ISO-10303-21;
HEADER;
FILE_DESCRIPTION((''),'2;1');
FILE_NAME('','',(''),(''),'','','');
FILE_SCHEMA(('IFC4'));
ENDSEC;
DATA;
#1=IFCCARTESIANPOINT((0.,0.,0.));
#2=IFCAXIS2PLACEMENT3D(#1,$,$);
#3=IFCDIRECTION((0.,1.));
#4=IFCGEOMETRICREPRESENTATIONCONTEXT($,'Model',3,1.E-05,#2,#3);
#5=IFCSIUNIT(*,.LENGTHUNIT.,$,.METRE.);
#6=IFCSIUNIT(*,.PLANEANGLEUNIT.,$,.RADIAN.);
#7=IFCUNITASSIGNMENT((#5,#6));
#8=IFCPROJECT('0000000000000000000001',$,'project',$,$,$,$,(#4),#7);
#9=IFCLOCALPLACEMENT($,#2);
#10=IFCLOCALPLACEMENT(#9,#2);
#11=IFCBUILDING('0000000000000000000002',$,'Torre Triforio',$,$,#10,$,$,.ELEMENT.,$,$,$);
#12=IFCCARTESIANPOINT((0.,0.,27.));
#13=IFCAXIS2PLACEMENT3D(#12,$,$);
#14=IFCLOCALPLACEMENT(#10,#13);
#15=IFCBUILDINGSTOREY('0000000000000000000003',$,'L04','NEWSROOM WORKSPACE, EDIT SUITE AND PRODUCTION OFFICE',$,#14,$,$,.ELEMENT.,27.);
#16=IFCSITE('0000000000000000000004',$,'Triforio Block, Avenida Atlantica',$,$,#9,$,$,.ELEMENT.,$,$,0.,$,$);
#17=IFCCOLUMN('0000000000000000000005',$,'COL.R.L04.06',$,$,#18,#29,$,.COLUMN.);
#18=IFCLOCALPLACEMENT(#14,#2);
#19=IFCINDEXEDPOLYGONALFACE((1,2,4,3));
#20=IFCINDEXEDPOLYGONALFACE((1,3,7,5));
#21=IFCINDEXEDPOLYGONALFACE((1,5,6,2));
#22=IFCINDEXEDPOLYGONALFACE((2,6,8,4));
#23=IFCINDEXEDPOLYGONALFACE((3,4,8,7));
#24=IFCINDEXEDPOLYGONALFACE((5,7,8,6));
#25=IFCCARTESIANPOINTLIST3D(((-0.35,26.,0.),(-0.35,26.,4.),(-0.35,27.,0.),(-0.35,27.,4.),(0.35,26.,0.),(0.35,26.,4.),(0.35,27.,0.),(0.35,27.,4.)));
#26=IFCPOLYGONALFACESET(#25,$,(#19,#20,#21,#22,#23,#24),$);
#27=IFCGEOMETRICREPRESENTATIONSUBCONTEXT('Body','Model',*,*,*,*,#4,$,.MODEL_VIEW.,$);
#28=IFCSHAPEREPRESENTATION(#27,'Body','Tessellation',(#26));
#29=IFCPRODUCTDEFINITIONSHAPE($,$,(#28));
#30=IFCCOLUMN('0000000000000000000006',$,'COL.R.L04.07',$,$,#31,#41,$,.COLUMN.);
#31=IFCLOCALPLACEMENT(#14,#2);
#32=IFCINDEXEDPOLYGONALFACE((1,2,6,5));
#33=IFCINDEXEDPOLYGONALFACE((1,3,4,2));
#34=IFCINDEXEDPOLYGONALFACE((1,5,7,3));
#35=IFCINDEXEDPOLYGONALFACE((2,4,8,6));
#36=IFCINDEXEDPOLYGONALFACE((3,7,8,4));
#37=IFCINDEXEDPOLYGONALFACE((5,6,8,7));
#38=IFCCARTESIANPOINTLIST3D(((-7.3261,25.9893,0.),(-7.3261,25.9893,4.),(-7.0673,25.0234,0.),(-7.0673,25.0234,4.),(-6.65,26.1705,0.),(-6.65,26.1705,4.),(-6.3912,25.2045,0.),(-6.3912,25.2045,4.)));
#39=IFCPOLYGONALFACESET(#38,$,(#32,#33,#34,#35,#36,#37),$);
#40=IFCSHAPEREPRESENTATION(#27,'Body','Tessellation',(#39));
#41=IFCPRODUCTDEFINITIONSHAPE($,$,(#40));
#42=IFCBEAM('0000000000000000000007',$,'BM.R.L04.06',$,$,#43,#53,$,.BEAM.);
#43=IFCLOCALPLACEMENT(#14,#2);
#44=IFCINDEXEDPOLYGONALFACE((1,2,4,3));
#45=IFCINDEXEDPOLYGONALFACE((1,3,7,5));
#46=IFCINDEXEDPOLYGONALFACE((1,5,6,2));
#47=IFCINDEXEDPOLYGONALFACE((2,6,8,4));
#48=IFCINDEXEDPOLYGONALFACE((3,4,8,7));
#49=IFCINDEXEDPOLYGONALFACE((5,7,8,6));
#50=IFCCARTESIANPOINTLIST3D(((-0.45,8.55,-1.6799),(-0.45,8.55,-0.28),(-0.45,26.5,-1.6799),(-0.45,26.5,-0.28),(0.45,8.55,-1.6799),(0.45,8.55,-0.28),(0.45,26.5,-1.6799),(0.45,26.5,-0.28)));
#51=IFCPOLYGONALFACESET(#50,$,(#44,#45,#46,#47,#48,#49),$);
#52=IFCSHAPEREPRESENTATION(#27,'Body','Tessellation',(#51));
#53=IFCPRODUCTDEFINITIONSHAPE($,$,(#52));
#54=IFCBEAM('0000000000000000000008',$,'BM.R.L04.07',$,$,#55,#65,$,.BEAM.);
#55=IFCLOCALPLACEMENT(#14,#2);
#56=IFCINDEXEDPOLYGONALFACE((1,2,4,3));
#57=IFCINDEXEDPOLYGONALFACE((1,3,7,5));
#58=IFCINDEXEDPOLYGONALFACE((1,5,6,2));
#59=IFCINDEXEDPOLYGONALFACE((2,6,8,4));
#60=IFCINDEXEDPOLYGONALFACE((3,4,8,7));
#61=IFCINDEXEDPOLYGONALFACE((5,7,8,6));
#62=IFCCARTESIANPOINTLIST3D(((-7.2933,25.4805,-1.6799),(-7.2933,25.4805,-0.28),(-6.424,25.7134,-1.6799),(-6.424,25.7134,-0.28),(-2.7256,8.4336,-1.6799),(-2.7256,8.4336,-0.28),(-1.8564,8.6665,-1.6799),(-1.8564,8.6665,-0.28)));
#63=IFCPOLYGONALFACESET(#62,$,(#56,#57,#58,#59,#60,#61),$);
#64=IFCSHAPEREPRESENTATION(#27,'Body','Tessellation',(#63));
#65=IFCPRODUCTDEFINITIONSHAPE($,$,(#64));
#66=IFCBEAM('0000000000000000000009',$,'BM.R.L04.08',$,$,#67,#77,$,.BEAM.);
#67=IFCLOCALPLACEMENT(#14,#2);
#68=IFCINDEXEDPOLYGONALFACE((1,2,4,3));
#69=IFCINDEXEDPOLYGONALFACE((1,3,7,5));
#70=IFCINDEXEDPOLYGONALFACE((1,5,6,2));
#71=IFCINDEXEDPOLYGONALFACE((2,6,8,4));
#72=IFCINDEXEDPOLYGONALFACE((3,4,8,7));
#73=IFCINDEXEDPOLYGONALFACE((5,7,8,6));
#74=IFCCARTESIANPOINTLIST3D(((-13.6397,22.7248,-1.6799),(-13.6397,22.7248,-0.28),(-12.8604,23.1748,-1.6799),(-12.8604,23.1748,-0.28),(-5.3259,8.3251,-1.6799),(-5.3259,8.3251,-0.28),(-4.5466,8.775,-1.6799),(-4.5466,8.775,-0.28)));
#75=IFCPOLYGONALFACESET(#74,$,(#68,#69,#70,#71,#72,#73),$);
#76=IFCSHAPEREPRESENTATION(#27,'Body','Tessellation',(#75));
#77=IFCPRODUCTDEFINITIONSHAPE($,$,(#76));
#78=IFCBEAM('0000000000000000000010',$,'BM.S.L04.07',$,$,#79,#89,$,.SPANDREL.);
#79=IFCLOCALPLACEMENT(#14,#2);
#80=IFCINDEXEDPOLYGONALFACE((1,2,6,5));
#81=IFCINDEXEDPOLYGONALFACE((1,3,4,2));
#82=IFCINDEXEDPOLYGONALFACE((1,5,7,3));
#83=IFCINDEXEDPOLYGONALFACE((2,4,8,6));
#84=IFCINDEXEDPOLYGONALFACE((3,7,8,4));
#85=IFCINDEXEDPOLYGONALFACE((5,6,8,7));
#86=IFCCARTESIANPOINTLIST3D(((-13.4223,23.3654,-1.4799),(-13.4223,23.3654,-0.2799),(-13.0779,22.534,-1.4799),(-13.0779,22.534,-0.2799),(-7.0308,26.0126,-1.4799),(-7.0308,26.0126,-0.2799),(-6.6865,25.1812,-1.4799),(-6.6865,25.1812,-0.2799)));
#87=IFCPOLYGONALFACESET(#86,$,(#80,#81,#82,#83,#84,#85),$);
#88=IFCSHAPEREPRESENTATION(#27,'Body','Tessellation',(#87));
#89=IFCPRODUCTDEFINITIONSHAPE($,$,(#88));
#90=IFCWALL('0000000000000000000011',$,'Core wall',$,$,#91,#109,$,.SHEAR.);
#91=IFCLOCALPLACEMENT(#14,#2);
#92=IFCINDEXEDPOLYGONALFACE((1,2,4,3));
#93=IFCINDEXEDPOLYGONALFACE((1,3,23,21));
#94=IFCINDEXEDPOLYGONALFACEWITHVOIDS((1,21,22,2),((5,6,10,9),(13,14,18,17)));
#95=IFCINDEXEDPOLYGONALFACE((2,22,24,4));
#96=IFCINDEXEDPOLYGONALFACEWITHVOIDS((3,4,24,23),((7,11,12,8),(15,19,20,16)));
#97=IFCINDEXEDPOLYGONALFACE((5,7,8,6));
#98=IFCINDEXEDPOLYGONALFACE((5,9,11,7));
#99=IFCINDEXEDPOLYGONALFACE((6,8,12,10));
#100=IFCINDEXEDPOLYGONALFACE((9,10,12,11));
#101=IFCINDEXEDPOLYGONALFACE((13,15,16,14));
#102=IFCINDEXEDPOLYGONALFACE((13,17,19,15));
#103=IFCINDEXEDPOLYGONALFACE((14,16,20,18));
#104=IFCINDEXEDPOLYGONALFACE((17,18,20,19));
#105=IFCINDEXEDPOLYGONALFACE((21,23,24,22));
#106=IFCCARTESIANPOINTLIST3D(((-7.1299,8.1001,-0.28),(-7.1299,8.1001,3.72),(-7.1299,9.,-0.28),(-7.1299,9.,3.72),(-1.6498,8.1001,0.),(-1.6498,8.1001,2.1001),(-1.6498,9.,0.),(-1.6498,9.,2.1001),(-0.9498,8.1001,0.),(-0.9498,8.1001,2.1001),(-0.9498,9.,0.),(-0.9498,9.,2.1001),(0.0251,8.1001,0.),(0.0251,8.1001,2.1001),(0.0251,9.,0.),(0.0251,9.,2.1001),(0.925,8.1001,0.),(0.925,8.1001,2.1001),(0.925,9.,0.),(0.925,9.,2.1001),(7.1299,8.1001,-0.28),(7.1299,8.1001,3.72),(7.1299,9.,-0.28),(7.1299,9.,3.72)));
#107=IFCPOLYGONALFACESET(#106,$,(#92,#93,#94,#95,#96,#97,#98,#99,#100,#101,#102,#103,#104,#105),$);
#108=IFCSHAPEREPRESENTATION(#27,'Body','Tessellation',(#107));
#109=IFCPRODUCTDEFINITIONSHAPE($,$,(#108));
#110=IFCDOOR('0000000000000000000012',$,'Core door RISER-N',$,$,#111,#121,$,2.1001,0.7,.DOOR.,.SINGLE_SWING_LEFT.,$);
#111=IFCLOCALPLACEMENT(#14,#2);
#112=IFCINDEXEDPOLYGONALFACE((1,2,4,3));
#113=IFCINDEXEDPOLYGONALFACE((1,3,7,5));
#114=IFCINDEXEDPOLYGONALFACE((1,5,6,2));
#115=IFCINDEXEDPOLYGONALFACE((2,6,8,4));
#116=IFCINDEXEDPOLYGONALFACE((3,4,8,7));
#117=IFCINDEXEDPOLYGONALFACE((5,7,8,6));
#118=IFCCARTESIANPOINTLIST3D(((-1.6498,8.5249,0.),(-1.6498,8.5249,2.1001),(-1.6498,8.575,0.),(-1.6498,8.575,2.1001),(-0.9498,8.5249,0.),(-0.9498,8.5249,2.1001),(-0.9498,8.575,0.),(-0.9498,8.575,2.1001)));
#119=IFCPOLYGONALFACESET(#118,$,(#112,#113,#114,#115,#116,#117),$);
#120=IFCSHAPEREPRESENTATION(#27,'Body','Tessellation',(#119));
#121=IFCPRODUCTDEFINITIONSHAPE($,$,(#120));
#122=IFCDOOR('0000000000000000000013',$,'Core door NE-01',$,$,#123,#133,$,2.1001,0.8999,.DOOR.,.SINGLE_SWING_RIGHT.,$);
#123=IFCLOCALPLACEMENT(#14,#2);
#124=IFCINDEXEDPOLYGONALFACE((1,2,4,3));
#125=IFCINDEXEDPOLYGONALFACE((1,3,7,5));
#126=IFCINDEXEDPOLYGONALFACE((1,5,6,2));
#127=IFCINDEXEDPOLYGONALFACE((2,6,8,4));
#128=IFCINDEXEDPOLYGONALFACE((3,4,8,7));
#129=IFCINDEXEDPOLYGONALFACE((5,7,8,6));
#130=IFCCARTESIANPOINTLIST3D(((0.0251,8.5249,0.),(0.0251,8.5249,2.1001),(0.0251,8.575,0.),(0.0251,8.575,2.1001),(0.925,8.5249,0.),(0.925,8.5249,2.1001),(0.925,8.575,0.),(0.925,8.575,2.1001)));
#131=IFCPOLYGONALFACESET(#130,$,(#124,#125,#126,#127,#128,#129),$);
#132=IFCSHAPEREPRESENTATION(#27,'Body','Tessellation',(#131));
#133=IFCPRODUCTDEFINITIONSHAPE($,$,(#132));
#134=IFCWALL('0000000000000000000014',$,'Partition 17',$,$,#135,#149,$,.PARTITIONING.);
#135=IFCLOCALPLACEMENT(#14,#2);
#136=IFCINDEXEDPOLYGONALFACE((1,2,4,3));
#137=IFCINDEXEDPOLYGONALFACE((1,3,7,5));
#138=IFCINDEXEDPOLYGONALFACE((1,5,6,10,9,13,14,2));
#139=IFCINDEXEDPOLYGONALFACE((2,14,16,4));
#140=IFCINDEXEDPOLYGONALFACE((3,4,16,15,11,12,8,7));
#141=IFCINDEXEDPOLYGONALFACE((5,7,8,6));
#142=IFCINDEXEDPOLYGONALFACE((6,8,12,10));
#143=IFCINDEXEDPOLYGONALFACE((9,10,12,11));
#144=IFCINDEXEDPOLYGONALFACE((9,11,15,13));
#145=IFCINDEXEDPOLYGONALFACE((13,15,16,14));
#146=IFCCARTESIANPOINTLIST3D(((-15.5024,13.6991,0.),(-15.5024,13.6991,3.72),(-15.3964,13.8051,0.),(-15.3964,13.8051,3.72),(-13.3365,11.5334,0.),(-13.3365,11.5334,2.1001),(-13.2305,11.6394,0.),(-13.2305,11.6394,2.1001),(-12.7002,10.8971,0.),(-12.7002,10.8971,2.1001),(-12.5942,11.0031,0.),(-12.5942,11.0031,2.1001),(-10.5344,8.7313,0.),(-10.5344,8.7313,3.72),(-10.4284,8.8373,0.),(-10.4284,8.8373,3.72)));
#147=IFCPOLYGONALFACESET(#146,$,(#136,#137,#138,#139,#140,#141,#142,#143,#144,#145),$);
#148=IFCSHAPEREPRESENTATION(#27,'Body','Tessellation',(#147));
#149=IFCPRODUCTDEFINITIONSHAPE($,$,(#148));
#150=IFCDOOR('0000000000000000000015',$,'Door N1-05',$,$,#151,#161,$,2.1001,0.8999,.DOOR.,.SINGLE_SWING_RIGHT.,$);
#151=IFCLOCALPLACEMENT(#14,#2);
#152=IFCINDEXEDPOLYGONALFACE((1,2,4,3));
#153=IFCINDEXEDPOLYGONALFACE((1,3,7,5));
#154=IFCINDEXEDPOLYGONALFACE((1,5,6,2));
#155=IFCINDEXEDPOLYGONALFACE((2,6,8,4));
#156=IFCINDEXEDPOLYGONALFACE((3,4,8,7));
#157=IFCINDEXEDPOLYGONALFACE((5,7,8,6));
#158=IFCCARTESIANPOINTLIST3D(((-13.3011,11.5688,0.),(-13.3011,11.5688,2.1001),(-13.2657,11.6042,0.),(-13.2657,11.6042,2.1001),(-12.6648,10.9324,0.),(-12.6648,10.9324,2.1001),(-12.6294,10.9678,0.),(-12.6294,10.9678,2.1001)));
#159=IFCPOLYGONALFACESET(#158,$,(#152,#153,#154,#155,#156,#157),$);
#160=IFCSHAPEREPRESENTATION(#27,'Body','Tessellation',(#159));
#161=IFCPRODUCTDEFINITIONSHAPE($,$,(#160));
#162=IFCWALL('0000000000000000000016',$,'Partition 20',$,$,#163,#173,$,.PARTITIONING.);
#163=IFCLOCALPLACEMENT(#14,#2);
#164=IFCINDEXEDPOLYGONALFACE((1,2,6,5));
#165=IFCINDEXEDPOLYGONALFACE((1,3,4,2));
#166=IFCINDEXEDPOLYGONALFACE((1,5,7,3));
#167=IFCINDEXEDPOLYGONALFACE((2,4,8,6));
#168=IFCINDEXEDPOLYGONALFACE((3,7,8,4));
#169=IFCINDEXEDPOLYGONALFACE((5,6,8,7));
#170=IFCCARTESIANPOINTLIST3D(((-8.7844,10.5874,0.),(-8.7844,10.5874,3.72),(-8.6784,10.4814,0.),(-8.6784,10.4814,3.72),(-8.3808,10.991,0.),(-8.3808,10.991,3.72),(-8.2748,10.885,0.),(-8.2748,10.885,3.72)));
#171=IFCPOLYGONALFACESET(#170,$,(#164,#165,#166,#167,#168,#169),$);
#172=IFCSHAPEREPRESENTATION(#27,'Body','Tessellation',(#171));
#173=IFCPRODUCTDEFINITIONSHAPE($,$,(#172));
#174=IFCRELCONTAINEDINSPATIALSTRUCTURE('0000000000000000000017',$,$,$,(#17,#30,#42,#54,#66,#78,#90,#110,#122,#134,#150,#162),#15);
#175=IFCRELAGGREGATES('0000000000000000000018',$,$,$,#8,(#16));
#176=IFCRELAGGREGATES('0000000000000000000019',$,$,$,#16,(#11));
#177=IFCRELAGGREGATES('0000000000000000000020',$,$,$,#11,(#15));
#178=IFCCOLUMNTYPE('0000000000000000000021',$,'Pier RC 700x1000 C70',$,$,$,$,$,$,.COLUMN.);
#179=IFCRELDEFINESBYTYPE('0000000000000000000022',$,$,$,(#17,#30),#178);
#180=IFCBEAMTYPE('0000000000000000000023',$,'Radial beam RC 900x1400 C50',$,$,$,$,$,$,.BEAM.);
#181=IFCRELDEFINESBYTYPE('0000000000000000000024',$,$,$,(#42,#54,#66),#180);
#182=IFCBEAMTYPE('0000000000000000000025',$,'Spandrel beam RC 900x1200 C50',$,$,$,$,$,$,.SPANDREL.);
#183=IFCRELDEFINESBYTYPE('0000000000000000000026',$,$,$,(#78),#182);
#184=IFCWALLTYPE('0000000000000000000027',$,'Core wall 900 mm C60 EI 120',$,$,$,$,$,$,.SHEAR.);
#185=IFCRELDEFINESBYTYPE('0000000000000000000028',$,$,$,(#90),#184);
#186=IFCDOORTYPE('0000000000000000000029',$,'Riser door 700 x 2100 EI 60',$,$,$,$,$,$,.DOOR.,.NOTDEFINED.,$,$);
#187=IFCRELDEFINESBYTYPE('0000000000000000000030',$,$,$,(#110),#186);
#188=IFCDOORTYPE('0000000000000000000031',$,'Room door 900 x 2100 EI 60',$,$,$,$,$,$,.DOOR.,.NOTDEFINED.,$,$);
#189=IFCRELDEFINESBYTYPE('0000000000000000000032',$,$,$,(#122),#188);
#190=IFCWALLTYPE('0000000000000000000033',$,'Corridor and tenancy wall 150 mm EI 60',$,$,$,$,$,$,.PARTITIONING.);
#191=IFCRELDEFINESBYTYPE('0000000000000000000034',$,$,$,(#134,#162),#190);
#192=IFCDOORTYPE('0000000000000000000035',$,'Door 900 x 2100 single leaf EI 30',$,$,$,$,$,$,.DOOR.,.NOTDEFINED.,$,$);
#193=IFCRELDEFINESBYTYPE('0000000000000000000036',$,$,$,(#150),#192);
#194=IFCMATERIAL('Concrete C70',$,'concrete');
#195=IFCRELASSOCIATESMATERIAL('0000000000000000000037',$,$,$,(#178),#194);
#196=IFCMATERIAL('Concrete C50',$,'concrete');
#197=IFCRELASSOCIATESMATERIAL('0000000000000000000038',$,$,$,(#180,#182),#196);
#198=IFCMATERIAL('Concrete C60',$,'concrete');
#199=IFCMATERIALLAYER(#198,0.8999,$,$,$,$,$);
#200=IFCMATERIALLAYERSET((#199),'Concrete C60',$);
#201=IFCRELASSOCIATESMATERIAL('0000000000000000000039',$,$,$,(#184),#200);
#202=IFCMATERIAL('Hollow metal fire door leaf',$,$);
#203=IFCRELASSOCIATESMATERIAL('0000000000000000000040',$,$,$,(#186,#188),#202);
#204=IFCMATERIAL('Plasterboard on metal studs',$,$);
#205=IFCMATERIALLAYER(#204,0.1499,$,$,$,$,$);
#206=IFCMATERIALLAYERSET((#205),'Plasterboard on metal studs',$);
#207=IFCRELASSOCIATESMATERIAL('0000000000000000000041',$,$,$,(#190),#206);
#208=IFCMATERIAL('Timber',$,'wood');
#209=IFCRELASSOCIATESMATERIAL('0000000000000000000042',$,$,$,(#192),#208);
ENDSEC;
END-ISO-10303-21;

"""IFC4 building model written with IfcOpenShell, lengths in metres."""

from ifc_helpers import new_model, si_unit, direction, frame, frame_2d, origin, origin_2d, place, context, subcontext, project, spatial, rectangle, extrude, material, layer, layer_set, material_profile, profile_set, type_object, element, fill, save


model = new_model("IFC4")

# Units and contexts
model_context = context("Model", 3, precision=1e-05, world=origin(), true_north=direction((0.0, 1.0)))
body_context = subcontext(model_context, "Body", "Model", "MODEL_VIEW")
ifc_project = project(units=[si_unit("LENGTHUNIT", "METRE"), si_unit("PLANEANGLEUNIT", "RADIAN")], contexts=[model_context])

# Site, building, storey
site_placement = place(None, origin())
site = spatial("IfcSite", under=ifc_project, at=site_placement, Name="Triforio Block, Avenida Atlantica", CompositionType="ELEMENT", RefElevation=0.0)
building_placement = place(site_placement, origin())
building = spatial("IfcBuilding", under=site, at=building_placement, Name="Torre Triforio", CompositionType="ELEMENT")
storey_placement = place(building_placement, frame((0.0, 0.0, 27.0)))
storey = spatial("IfcBuildingStorey", under=building, at=storey_placement, Name="L04", Description="NEWSROOM WORKSPACE, EDIT SUITE AND PRODUCTION OFFICE", CompositionType="ELEMENT", Elevation=27.0)

# Columns
ifc_material_1 = material(Name="Concrete C70", Category="concrete")
ifc_material_profile_1 = material_profile(ifc_material_1, rectangle(XDim=0.7, YDim=1.0, at=origin_2d()), Name="RC 700x1000")
ifc_profile_set_1 = profile_set([ifc_material_profile_1], Name="Concrete C70")
column_type = type_object("IfcColumnType", Name="Pier RC 700x1000 C70", PredefinedType="COLUMN", material=ifc_profile_set_1)
for number, where, z_axis, x_axis, name in (
    (1, (0.0, 26.5, 0.0), (0.0, 0.0, 1.0), (-1.0, 0.0, 0.0), "COL.R.L04.06"),
    (2, (-6.8586, 25.5969, 0.0), (0.0, 0.0, 1.0), (-0.965926, -0.258819, 0.0), "COL.R.L04.07"),
):
    element("IfcColumn", number, at=place(storey_placement, frame(where, z_axis=z_axis, x_axis=x_axis)), inside=storey, type_object=column_type, Name=name, PredefinedType="COLUMN", context=body_context, shape_type="SweptSolid", body=[
        extrude(rectangle(XDim=0.7, YDim=1.0, at=origin_2d()), origin(), (0.0, 0.0, 1.0), 4.0),
    ])

# Beams
ifc_material_2 = material(Name="Concrete C50", Category="concrete")
ifc_material_profile_2 = material_profile(ifc_material_2, rectangle(XDim=0.8999, YDim=1.3999, at=origin_2d()), Name="RC 900x1400")
ifc_profile_set_2 = profile_set([ifc_material_profile_2], Name="Concrete C50")
beam_type_1 = type_object("IfcBeamType", Name="Radial beam RC 900x1400 C50", PredefinedType="BEAM", material=ifc_profile_set_2)
beam_1_placement = place(storey_placement, frame((0.0, 8.55, -0.98), z_axis=(0.0, 1.0, 0.0), x_axis=(-1.0, 0.0, 0.0)))
element("IfcBeam", 3, at=beam_1_placement, inside=storey, type_object=beam_type_1, Name="BM.R.L04.06", PredefinedType="BEAM", context=body_context, shape_type="SweptSolid", body=[
    extrude(rectangle(XDim=0.8999, YDim=1.3999, at=origin_2d()), origin(), (0.0, 0.0, 1.0), 17.95),
])
beam_2_placement = place(storey_placement, frame((-2.291, 8.55, -0.98), z_axis=(-0.258815, 0.965927, 0.0), x_axis=(-0.965927, -0.258815, 0.0)))
element("IfcBeam", 4, at=beam_2_placement, inside=storey, type_object=beam_type_1, Name="BM.R.L04.07", PredefinedType="BEAM", context=body_context, shape_type="SweptSolid", body=[
    extrude(rectangle(XDim=0.8999, YDim=1.3999, at=origin_2d()), origin(), (0.0, 0.0, 1.0), 17.6482),
])
beam_3_placement = place(storey_placement, frame((-4.9363, 8.55, -0.98), z_axis=(-0.500003, 0.866023, 0.0), x_axis=(-0.866023, -0.500003, 0.0)))
element("IfcBeam", 5, at=beam_3_placement, inside=storey, type_object=beam_type_1, Name="BM.R.L04.08", PredefinedType="BEAM", context=body_context, shape_type="SweptSolid", body=[
    extrude(rectangle(XDim=0.8999, YDim=1.3999, at=origin_2d()), origin(), (0.0, 0.0, 1.0), 16.6274),
])
ifc_material_profile_3 = material_profile(ifc_material_2, rectangle(XDim=0.8999, YDim=1.2, at=origin_2d()), Name="RC 900x1200")
ifc_profile_set_3 = profile_set([ifc_material_profile_3], Name="Concrete C50")
beam_type_2 = type_object("IfcBeamType", Name="Spandrel beam RC 900x1200 C50", PredefinedType="SPANDREL", material=ifc_profile_set_3)
beam_4_placement = place(storey_placement, frame((-6.8586, 25.5969, -0.8799), z_axis=(-0.923888, -0.382662, 0.0), x_axis=(0.382662, -0.923888, 0.0)))
element("IfcBeam", 6, at=beam_4_placement, inside=storey, type_object=beam_type_2, Name="BM.S.L04.07", PredefinedType="SPANDREL", context=body_context, shape_type="SweptSolid", body=[
    extrude(rectangle(XDim=0.8999, YDim=1.2, at=origin_2d()), origin(), (0.0, 0.0, 1.0), 6.918),
])

# Wall, openings, doors
ifc_material_3 = material(Name="Concrete C60", Category="concrete")
ifc_layer_1 = layer(ifc_material_3, 0.8999)
ifc_layer_set_1 = layer_set([ifc_layer_1], Name="Concrete C60")
wall_type_1 = type_object("IfcWallType", Name="Core wall 900 mm C60 EI 120", PredefinedType="SHEAR", material=ifc_layer_set_1)
wall_1_placement = place(storey_placement, frame((-7.1299, 8.55, -0.28), z_axis=(0.0, 0.0, 1.0), x_axis=(1.0, 0.0, 0.0)))
wall_1 = element("IfcWall", 7, at=wall_1_placement, inside=storey, type_object=wall_type_1, Name="Core wall", PredefinedType="SHEAR", context=body_context, shape_type="SweptSolid", body=[
    extrude(rectangle(XDim=14.2598, YDim=0.8999, at=frame_2d((7.1299, 0.0))), origin(), (0.0, 0.0, 1.0), 4.0),
])
opening_1_placement = place(wall_1_placement, frame((5.48, 0.0, 0.28)))
opening_1 = element("IfcOpeningElement", 8, at=opening_1_placement, cuts=wall_1, PredefinedType="OPENING", context=body_context, shape_type="SweptSolid", body=[
    extrude(rectangle(XDim=0.7, YDim=2.1001, at=frame_2d((0.3501, 1.05))), frame((0.0, 0.46, 0.0), z_axis=(0.0, -1.0, 0.0), x_axis=(1.0, 0.0, 0.0)), (0.0, 0.0, 1.0), 0.9199),
])
opening_2_placement = place(wall_1_placement, frame((7.155, 0.0, 0.28)))
opening_2 = element("IfcOpeningElement", 9, at=opening_2_placement, cuts=wall_1, PredefinedType="OPENING", context=body_context, shape_type="SweptSolid", body=[
    extrude(rectangle(XDim=0.8999, YDim=2.1001, at=frame_2d((0.45, 1.05))), frame((0.0, 0.46, 0.0), z_axis=(0.0, -1.0, 0.0), x_axis=(1.0, 0.0, 0.0)), (0.0, 0.0, 1.0), 0.9199),
])
ifc_material_4 = material(Name="Hollow metal fire door leaf")
door_type_1 = type_object("IfcDoorType", Name="Riser door 700 x 2100 EI 60", OperationType="NOTDEFINED", PredefinedType="DOOR", material=ifc_material_4)
door_1_placement = place(opening_1_placement, origin())
door_1 = element("IfcDoor", 10, at=door_1_placement, inside=storey, type_object=door_type_1, Name="Core door RISER-N", OperationType="SINGLE_SWING_LEFT", OverallHeight=2.1001, OverallWidth=0.7, PredefinedType="DOOR", context=body_context, shape_type="SweptSolid", body=[
    extrude(rectangle(XDim=0.7, YDim=2.1001, at=frame_2d((0.3501, 1.05))), frame((0.0, 0.0249, 0.0), z_axis=(0.0, -1.0, 0.0), x_axis=(1.0, 0.0, 0.0)), (0.0, 0.0, 1.0), 0.05),
])
fill(opening_1, door_1)
door_type_2 = type_object("IfcDoorType", Name="Room door 900 x 2100 EI 60", OperationType="NOTDEFINED", PredefinedType="DOOR", material=ifc_material_4)
door_2_placement = place(opening_2_placement, origin())
door_2 = element("IfcDoor", 11, at=door_2_placement, inside=storey, type_object=door_type_2, Name="Core door NE-01", OperationType="SINGLE_SWING_RIGHT", OverallHeight=2.1001, OverallWidth=0.8999, PredefinedType="DOOR", context=body_context, shape_type="SweptSolid", body=[
    extrude(rectangle(XDim=0.8999, YDim=2.1001, at=frame_2d((0.45, 1.05))), frame((0.0, 0.0249, 0.0), z_axis=(0.0, -1.0, 0.0), x_axis=(1.0, 0.0, 0.0)), (0.0, 0.0, 1.0), 0.05),
])
fill(opening_2, door_2)

# Wall, opening, door
ifc_material_5 = material(Name="Plasterboard on metal studs")
ifc_layer_2 = layer(ifc_material_5, 0.1499)
ifc_layer_set_2 = layer_set([ifc_layer_2], Name="Plasterboard on metal studs")
wall_type_2 = type_object("IfcWallType", Name="Corridor and tenancy wall 150 mm EI 60", PredefinedType="PARTITIONING", material=ifc_layer_set_2)
wall_2_placement = place(storey_placement, frame((-10.4814, 8.7844, 0.0), z_axis=(0.0, 0.0, 1.0), x_axis=(-0.707124, 0.707089, 0.0)))
wall_2 = element("IfcWall", 12, at=wall_2_placement, inside=storey, type_object=wall_type_2, Name="Partition 17", PredefinedType="PARTITIONING", context=body_context, shape_type="SweptSolid", body=[
    extrude(rectangle(XDim=7.0256, YDim=0.1499, at=frame_2d((3.5127, 0.0))), origin(), (0.0, 0.0, 1.0), 3.72),
])
opening_3_placement = place(wall_2_placement, frame((3.0627, 0.0, 0.0)))
opening_3 = element("IfcOpeningElement", 13, at=opening_3_placement, cuts=wall_2, PredefinedType="OPENING", context=body_context, shape_type="SweptSolid", body=[
    extrude(rectangle(XDim=0.8999, YDim=2.1001, at=frame_2d((0.45, 1.05))), frame((0.0, 0.085, 0.0), z_axis=(0.0, -1.0, 0.0), x_axis=(1.0, 0.0, 0.0)), (0.0, 0.0, 1.0), 0.1699),
])
ifc_material_6 = material(Name="Timber", Category="wood")
door_type_3 = type_object("IfcDoorType", Name="Door 900 x 2100 single leaf EI 30", OperationType="NOTDEFINED", PredefinedType="DOOR", material=ifc_material_6)
door_3_placement = place(opening_3_placement, origin())
door_3 = element("IfcDoor", 14, at=door_3_placement, inside=storey, type_object=door_type_3, Name="Door N1-05", OperationType="SINGLE_SWING_RIGHT", OverallHeight=2.1001, OverallWidth=0.8999, PredefinedType="DOOR", context=body_context, shape_type="SweptSolid", body=[
    extrude(rectangle(XDim=0.8999, YDim=2.1001, at=frame_2d((0.45, 1.05))), frame((0.0, 0.0249, 0.0), z_axis=(0.0, -1.0, 0.0), x_axis=(1.0, 0.0, 0.0)), (0.0, 0.0, 1.0), 0.05),
])
fill(opening_3, door_3)

# Wall
wall_3_placement = place(storey_placement, frame((-8.7314, 10.5344, 0.0), z_axis=(0.0, 0.0, 1.0), x_axis=(0.707107, 0.707107, 0.0)))
element("IfcWall", 15, at=wall_3_placement, inside=storey, type_object=wall_type_2, Name="Partition 20", PredefinedType="PARTITIONING", context=body_context, shape_type="SweptSolid", body=[
    extrude(rectangle(XDim=0.5708, YDim=0.1499, at=frame_2d((0.2854, 0.0))), origin(), (0.0, 0.0, 1.0), 3.72),
])

save(model, "model.ifc")
